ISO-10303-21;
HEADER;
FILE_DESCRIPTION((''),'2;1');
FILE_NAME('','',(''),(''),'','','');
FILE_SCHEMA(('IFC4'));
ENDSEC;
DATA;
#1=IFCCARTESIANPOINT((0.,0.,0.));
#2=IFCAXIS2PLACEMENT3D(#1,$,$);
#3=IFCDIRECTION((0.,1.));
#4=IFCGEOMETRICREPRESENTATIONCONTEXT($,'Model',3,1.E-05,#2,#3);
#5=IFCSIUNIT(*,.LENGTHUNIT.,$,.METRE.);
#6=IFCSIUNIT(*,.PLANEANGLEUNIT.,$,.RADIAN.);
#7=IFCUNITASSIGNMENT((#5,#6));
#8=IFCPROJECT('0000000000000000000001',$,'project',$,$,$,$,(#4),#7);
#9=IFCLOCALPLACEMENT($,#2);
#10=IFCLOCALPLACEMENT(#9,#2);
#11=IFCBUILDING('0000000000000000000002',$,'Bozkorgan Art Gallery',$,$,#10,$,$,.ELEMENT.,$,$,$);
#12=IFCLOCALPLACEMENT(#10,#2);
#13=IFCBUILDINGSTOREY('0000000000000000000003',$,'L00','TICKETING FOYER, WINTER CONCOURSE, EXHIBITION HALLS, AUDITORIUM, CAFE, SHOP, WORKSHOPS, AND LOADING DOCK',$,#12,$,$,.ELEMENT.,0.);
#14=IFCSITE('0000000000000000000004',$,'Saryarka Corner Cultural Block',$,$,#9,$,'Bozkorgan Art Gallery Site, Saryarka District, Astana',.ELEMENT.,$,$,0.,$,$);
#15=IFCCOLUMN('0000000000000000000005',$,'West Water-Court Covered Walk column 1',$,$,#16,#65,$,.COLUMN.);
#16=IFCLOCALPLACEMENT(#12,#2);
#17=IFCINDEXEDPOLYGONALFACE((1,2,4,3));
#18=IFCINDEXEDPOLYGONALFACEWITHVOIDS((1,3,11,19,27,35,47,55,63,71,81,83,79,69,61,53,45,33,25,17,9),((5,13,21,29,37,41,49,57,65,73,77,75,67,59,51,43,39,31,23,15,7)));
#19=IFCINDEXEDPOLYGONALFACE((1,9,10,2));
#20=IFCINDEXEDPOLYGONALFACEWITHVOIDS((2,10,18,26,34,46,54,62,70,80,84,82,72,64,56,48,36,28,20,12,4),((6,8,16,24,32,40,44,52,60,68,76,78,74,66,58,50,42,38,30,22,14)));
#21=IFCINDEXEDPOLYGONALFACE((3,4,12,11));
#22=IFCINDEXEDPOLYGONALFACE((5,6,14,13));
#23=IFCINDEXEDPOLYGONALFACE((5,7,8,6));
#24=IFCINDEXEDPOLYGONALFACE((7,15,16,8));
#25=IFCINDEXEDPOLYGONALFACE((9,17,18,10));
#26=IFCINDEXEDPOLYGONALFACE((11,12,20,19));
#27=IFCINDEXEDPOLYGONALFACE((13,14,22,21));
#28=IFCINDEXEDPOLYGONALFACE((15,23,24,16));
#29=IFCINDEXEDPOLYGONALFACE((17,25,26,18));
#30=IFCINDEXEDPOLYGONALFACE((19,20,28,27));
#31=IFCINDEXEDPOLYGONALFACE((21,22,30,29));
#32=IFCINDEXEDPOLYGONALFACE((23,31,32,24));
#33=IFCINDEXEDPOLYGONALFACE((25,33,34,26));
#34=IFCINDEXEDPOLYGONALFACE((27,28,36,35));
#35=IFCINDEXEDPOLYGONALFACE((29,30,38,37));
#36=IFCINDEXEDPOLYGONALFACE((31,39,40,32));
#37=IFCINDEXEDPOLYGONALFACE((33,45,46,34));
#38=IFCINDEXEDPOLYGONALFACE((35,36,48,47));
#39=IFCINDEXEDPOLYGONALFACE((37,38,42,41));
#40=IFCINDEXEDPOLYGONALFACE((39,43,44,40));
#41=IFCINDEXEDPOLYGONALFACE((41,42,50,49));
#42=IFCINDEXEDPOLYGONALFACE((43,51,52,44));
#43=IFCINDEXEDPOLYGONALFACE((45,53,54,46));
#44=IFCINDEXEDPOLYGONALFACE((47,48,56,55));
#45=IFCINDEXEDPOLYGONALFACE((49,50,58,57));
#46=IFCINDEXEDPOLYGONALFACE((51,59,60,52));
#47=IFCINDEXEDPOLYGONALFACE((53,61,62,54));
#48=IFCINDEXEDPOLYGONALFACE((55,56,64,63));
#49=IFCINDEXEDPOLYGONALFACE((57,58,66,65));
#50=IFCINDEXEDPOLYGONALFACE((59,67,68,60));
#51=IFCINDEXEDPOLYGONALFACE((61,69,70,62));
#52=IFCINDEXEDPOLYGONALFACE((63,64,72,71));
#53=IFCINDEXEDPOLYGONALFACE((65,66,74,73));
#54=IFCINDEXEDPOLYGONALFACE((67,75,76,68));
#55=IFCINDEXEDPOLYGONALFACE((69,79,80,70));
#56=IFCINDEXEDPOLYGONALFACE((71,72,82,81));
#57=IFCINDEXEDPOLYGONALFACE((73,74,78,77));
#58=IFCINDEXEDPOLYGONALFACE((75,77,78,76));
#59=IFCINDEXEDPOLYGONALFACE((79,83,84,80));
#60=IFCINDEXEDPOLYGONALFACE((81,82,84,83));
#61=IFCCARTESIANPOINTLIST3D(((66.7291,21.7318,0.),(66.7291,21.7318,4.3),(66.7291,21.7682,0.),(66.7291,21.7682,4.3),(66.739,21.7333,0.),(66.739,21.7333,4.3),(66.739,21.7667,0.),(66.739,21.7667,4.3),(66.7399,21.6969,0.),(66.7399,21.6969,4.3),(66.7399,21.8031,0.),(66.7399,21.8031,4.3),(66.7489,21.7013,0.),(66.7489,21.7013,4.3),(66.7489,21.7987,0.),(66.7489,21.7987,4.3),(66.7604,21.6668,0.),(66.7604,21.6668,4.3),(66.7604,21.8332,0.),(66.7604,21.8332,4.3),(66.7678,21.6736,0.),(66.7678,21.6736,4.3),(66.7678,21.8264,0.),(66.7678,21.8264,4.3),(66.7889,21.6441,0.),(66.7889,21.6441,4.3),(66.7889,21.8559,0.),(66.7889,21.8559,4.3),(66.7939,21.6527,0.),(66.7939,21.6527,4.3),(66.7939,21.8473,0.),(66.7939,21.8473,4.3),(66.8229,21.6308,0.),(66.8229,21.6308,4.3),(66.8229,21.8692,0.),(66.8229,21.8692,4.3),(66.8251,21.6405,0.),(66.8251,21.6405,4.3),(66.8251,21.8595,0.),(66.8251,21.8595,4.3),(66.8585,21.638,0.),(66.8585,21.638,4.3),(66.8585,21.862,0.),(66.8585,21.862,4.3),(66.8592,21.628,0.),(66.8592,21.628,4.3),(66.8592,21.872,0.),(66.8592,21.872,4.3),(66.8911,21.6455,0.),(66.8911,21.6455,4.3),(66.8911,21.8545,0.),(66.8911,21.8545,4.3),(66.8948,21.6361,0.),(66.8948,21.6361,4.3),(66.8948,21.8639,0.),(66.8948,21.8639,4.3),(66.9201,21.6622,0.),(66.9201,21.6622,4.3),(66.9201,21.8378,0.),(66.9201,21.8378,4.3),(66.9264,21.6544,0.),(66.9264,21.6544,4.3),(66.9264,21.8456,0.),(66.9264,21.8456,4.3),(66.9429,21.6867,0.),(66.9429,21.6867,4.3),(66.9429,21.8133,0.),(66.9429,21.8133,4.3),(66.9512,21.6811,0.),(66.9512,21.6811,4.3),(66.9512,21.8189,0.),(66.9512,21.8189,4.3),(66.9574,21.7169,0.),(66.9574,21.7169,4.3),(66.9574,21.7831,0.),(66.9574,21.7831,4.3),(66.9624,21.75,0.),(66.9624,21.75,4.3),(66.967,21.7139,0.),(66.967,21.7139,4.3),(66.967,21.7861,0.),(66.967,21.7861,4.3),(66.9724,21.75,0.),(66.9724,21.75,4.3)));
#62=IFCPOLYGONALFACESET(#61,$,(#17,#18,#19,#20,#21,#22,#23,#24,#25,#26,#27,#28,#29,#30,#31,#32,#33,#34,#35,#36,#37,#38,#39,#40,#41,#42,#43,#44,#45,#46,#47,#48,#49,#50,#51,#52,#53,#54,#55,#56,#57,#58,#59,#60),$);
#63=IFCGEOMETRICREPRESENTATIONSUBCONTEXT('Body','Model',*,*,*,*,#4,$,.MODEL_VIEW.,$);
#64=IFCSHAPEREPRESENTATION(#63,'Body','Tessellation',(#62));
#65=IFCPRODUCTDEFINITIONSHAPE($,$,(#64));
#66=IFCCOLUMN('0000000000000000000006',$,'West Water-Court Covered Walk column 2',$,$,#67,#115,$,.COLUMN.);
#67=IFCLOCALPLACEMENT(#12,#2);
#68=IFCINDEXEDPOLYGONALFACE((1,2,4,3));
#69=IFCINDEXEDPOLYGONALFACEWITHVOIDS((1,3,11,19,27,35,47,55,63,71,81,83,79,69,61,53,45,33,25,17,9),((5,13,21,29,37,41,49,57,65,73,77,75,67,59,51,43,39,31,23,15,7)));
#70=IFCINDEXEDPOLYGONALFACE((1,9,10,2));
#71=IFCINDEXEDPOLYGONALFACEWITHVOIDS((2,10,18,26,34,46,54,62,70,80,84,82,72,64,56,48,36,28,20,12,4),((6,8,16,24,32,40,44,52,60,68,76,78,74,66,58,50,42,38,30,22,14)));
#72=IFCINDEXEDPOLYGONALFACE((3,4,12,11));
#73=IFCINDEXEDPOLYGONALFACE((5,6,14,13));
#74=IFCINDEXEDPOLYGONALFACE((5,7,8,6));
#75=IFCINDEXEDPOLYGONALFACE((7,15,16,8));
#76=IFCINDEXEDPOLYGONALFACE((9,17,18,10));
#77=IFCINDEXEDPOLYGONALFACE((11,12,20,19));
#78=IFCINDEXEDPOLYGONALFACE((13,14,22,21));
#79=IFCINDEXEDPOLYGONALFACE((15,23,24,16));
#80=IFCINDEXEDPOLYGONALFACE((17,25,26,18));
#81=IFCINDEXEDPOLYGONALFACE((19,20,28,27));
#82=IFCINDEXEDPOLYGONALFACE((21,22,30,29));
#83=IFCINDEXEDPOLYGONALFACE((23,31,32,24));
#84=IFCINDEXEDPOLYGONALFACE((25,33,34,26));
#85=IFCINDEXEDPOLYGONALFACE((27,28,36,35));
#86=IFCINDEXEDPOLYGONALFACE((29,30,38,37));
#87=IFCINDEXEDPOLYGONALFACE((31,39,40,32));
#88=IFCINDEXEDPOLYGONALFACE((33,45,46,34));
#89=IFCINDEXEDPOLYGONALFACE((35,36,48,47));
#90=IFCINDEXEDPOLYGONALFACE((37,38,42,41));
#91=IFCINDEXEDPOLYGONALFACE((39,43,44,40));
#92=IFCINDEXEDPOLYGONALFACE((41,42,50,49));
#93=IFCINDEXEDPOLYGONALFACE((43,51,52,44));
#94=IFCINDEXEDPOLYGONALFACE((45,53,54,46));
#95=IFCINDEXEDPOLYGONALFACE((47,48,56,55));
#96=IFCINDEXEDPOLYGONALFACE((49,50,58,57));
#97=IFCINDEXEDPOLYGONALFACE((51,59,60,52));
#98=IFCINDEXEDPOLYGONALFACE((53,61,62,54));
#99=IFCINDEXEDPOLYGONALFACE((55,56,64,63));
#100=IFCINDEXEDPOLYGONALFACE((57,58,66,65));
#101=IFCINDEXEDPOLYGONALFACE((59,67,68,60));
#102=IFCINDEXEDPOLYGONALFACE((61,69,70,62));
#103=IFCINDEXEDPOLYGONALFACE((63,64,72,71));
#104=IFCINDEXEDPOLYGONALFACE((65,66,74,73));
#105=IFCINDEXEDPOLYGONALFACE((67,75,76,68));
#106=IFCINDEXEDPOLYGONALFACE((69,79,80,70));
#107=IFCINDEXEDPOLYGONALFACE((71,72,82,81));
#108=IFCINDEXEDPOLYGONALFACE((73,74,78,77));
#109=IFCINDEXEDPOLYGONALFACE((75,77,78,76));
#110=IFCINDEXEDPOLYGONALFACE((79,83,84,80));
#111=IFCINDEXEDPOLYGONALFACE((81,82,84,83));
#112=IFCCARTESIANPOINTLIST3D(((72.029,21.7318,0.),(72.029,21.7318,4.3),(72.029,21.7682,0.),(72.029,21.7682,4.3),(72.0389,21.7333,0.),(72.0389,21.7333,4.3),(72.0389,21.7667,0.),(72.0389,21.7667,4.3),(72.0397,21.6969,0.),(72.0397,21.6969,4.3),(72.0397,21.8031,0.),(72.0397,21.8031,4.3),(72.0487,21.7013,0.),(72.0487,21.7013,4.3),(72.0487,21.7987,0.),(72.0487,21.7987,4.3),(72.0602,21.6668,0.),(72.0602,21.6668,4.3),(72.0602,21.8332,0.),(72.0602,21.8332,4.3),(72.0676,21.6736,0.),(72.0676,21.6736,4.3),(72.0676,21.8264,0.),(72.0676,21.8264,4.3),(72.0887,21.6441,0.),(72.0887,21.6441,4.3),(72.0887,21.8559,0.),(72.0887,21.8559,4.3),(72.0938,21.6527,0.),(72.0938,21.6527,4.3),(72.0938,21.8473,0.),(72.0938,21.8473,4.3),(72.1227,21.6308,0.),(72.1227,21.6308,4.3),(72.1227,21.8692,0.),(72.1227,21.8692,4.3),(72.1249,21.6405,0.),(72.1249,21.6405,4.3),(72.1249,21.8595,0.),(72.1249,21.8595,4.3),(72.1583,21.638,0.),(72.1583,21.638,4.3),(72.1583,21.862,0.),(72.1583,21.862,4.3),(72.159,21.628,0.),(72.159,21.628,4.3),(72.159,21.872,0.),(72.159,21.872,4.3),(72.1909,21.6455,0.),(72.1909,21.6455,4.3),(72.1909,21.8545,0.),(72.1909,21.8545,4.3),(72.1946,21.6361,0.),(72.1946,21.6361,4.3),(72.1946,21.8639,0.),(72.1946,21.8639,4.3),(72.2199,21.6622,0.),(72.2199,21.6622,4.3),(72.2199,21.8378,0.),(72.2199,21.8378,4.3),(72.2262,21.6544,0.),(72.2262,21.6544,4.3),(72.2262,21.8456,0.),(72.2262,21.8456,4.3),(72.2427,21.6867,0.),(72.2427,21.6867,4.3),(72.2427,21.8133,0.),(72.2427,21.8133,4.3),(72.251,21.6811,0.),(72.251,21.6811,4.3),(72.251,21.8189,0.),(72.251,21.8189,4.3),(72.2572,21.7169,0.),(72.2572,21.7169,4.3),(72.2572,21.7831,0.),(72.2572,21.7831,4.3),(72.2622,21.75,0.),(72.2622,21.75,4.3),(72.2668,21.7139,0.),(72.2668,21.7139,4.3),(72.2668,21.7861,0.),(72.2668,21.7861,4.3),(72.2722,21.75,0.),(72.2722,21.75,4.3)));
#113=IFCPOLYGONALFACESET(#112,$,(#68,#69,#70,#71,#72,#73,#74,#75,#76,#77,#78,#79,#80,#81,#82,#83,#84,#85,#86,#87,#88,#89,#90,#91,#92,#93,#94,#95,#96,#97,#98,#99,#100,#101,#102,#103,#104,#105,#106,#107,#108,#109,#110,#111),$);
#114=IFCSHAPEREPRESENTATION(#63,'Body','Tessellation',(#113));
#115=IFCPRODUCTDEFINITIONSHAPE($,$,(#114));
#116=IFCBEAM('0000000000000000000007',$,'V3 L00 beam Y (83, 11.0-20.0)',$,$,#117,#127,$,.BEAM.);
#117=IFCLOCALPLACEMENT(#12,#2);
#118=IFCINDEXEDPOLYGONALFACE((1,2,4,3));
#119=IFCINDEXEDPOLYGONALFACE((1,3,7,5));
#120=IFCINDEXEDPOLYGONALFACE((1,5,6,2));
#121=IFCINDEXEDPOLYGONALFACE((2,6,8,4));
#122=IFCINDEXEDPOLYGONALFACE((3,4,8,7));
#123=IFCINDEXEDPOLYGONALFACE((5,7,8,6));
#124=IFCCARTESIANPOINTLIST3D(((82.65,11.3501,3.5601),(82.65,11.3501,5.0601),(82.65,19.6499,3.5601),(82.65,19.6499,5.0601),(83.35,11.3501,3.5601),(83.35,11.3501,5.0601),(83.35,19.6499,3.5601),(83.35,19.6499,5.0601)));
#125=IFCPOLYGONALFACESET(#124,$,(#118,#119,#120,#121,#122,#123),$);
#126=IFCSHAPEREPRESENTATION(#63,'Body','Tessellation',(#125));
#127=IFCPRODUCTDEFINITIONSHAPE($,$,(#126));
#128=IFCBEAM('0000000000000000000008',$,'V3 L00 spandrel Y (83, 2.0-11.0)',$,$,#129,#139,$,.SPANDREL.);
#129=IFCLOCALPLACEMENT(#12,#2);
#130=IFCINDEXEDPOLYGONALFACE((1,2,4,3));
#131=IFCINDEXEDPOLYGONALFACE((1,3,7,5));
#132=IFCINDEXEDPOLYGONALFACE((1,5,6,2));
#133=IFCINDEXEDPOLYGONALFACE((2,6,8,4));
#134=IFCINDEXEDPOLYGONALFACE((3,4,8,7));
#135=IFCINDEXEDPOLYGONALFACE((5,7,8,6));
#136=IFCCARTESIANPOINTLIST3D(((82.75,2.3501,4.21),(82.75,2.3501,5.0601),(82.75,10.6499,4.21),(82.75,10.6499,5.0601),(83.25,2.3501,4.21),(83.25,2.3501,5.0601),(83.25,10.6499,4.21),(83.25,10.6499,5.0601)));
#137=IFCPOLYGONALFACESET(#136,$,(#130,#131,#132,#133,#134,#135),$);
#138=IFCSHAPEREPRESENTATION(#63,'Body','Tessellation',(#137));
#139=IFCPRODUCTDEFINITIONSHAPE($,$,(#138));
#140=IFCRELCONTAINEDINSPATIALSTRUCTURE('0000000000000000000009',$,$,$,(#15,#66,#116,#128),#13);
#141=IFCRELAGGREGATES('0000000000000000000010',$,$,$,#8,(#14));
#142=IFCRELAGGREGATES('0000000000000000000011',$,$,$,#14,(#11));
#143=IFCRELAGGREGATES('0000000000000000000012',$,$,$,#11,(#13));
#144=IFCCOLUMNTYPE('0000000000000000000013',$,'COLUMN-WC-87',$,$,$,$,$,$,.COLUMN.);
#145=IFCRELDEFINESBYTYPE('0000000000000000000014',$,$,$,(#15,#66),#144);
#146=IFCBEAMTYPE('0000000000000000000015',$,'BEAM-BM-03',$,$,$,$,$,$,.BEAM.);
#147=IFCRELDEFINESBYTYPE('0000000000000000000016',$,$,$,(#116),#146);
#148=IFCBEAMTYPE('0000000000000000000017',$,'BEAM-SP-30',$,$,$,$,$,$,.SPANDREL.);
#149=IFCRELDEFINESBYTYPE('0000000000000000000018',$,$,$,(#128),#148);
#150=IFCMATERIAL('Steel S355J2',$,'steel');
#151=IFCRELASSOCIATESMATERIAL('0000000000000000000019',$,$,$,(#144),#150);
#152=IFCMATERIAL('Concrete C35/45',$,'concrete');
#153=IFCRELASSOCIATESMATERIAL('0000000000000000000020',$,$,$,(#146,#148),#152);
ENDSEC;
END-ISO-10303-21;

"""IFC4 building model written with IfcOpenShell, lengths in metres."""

from ifc_helpers import new_model, si_unit, direction, frame, origin, origin_2d, place, context, subcontext, project, spatial, rectangle, hollow_circle, extrude, material, material_profile, profile_set, type_object, element, save


model = new_model("IFC4")

# Units and contexts
model_context = context("Model", 3, precision=1e-05, world=origin(), true_north=direction((0.0, 1.0)))
body_context = subcontext(model_context, "Body", "Model", "MODEL_VIEW")
ifc_project = project(units=[si_unit("LENGTHUNIT", "METRE"), si_unit("PLANEANGLEUNIT", "RADIAN")], contexts=[model_context])

# Site, building, storey
site_placement = place(None, origin())
site = spatial("IfcSite", under=ifc_project, at=site_placement, Name="Saryarka Corner Cultural Block", LongName="Bozkorgan Art Gallery Site, Saryarka District, Astana", CompositionType="ELEMENT", RefElevation=0.0)
building_placement = place(site_placement, origin())
building = spatial("IfcBuilding", under=site, at=building_placement, Name="Bozkorgan Art Gallery", CompositionType="ELEMENT")
storey_placement = place(building_placement, origin())
storey = spatial("IfcBuildingStorey", under=building, at=storey_placement, Name="L00", Description="TICKETING FOYER, WINTER CONCOURSE, EXHIBITION HALLS, AUDITORIUM, CAFE, SHOP, WORKSHOPS, AND LOADING DOCK", CompositionType="ELEMENT", Elevation=0.0)

# Columns
ifc_material_1 = material(Name="Steel S355J2", Category="steel")
ifc_material_profile_1 = material_profile(ifc_material_1, hollow_circle(Radius=0.1223, WallThickness=0.01, at=origin_2d()), Name="CHS 244.5x10")
ifc_profile_set_1 = profile_set([ifc_material_profile_1], Name="Steel S355J2")
column_type_1 = type_object("IfcColumnType", Name="COLUMN-WC-87", PredefinedType="COLUMN", material=ifc_profile_set_1)
for number, where, z_axis, x_axis, name in (
    (1, (66.8501, 21.75, 0.0), (0.0, 0.0, 1.0), (1.0, 0.0, 0.0), "West Water-Court Covered Walk column 1"),
    (2, (72.1499, 21.75, 0.0), (0.0, 0.0, 1.0), (1.0, 0.0, 0.0), "West Water-Court Covered Walk column 2"),
):
    element("IfcColumn", number, at=place(storey_placement, frame(where, z_axis=z_axis, x_axis=x_axis)), inside=storey, type_object=column_type_1, Name=name, PredefinedType="COLUMN", context=body_context, shape_type="SweptSolid", body=[
        extrude(hollow_circle(Radius=0.1223, WallThickness=0.01, at=origin_2d()), origin(), (0.0, 0.0, 1.0), 4.3),
    ])

# Beams
ifc_material_2 = material(Name="Concrete C35/45", Category="concrete")
ifc_material_profile_2 = material_profile(ifc_material_2, rectangle(XDim=0.7, YDim=1.5, at=origin_2d()), Name="RC 700x1500")
ifc_profile_set_2 = profile_set([ifc_material_profile_2], Name="Concrete C35/45")
beam_type_1 = type_object("IfcBeamType", Name="BEAM-BM-03", PredefinedType="BEAM", material=ifc_profile_set_2)
beam_1_placement = place(storey_placement, frame((83.0, 11.3501, 4.3101), z_axis=(0.0, 1.0, 0.0), x_axis=(-1.0, 0.0, 0.0)))
element("IfcBeam", 3, at=beam_1_placement, inside=storey, type_object=beam_type_1, Name="V3 L00 beam Y (83, 11.0-20.0)", PredefinedType="BEAM", context=body_context, shape_type="SweptSolid", body=[
    extrude(rectangle(XDim=0.7, YDim=1.5, at=origin_2d()), origin(), (0.0, 0.0, 1.0), 8.2998),
])
ifc_material_profile_3 = material_profile(ifc_material_2, rectangle(XDim=0.5, YDim=0.8501, at=origin_2d()), Name="RC 500x850")
ifc_profile_set_3 = profile_set([ifc_material_profile_3], Name="Concrete C35/45")
beam_type_2 = type_object("IfcBeamType", Name="BEAM-SP-30", PredefinedType="SPANDREL", material=ifc_profile_set_3)
beam_2_placement = place(storey_placement, frame((83.0, 2.3501, 4.635), z_axis=(0.0, 1.0, 0.0), x_axis=(-1.0, 0.0, 0.0)))
element("IfcBeam", 4, at=beam_2_placement, inside=storey, type_object=beam_type_2, Name="V3 L00 spandrel Y (83, 2.0-11.0)", PredefinedType="SPANDREL", context=body_context, shape_type="SweptSolid", body=[
    extrude(rectangle(XDim=0.5, YDim=0.8501, at=origin_2d()), origin(), (0.0, 0.0, 1.0), 8.2998),
])

save(model, "model.ifc")
